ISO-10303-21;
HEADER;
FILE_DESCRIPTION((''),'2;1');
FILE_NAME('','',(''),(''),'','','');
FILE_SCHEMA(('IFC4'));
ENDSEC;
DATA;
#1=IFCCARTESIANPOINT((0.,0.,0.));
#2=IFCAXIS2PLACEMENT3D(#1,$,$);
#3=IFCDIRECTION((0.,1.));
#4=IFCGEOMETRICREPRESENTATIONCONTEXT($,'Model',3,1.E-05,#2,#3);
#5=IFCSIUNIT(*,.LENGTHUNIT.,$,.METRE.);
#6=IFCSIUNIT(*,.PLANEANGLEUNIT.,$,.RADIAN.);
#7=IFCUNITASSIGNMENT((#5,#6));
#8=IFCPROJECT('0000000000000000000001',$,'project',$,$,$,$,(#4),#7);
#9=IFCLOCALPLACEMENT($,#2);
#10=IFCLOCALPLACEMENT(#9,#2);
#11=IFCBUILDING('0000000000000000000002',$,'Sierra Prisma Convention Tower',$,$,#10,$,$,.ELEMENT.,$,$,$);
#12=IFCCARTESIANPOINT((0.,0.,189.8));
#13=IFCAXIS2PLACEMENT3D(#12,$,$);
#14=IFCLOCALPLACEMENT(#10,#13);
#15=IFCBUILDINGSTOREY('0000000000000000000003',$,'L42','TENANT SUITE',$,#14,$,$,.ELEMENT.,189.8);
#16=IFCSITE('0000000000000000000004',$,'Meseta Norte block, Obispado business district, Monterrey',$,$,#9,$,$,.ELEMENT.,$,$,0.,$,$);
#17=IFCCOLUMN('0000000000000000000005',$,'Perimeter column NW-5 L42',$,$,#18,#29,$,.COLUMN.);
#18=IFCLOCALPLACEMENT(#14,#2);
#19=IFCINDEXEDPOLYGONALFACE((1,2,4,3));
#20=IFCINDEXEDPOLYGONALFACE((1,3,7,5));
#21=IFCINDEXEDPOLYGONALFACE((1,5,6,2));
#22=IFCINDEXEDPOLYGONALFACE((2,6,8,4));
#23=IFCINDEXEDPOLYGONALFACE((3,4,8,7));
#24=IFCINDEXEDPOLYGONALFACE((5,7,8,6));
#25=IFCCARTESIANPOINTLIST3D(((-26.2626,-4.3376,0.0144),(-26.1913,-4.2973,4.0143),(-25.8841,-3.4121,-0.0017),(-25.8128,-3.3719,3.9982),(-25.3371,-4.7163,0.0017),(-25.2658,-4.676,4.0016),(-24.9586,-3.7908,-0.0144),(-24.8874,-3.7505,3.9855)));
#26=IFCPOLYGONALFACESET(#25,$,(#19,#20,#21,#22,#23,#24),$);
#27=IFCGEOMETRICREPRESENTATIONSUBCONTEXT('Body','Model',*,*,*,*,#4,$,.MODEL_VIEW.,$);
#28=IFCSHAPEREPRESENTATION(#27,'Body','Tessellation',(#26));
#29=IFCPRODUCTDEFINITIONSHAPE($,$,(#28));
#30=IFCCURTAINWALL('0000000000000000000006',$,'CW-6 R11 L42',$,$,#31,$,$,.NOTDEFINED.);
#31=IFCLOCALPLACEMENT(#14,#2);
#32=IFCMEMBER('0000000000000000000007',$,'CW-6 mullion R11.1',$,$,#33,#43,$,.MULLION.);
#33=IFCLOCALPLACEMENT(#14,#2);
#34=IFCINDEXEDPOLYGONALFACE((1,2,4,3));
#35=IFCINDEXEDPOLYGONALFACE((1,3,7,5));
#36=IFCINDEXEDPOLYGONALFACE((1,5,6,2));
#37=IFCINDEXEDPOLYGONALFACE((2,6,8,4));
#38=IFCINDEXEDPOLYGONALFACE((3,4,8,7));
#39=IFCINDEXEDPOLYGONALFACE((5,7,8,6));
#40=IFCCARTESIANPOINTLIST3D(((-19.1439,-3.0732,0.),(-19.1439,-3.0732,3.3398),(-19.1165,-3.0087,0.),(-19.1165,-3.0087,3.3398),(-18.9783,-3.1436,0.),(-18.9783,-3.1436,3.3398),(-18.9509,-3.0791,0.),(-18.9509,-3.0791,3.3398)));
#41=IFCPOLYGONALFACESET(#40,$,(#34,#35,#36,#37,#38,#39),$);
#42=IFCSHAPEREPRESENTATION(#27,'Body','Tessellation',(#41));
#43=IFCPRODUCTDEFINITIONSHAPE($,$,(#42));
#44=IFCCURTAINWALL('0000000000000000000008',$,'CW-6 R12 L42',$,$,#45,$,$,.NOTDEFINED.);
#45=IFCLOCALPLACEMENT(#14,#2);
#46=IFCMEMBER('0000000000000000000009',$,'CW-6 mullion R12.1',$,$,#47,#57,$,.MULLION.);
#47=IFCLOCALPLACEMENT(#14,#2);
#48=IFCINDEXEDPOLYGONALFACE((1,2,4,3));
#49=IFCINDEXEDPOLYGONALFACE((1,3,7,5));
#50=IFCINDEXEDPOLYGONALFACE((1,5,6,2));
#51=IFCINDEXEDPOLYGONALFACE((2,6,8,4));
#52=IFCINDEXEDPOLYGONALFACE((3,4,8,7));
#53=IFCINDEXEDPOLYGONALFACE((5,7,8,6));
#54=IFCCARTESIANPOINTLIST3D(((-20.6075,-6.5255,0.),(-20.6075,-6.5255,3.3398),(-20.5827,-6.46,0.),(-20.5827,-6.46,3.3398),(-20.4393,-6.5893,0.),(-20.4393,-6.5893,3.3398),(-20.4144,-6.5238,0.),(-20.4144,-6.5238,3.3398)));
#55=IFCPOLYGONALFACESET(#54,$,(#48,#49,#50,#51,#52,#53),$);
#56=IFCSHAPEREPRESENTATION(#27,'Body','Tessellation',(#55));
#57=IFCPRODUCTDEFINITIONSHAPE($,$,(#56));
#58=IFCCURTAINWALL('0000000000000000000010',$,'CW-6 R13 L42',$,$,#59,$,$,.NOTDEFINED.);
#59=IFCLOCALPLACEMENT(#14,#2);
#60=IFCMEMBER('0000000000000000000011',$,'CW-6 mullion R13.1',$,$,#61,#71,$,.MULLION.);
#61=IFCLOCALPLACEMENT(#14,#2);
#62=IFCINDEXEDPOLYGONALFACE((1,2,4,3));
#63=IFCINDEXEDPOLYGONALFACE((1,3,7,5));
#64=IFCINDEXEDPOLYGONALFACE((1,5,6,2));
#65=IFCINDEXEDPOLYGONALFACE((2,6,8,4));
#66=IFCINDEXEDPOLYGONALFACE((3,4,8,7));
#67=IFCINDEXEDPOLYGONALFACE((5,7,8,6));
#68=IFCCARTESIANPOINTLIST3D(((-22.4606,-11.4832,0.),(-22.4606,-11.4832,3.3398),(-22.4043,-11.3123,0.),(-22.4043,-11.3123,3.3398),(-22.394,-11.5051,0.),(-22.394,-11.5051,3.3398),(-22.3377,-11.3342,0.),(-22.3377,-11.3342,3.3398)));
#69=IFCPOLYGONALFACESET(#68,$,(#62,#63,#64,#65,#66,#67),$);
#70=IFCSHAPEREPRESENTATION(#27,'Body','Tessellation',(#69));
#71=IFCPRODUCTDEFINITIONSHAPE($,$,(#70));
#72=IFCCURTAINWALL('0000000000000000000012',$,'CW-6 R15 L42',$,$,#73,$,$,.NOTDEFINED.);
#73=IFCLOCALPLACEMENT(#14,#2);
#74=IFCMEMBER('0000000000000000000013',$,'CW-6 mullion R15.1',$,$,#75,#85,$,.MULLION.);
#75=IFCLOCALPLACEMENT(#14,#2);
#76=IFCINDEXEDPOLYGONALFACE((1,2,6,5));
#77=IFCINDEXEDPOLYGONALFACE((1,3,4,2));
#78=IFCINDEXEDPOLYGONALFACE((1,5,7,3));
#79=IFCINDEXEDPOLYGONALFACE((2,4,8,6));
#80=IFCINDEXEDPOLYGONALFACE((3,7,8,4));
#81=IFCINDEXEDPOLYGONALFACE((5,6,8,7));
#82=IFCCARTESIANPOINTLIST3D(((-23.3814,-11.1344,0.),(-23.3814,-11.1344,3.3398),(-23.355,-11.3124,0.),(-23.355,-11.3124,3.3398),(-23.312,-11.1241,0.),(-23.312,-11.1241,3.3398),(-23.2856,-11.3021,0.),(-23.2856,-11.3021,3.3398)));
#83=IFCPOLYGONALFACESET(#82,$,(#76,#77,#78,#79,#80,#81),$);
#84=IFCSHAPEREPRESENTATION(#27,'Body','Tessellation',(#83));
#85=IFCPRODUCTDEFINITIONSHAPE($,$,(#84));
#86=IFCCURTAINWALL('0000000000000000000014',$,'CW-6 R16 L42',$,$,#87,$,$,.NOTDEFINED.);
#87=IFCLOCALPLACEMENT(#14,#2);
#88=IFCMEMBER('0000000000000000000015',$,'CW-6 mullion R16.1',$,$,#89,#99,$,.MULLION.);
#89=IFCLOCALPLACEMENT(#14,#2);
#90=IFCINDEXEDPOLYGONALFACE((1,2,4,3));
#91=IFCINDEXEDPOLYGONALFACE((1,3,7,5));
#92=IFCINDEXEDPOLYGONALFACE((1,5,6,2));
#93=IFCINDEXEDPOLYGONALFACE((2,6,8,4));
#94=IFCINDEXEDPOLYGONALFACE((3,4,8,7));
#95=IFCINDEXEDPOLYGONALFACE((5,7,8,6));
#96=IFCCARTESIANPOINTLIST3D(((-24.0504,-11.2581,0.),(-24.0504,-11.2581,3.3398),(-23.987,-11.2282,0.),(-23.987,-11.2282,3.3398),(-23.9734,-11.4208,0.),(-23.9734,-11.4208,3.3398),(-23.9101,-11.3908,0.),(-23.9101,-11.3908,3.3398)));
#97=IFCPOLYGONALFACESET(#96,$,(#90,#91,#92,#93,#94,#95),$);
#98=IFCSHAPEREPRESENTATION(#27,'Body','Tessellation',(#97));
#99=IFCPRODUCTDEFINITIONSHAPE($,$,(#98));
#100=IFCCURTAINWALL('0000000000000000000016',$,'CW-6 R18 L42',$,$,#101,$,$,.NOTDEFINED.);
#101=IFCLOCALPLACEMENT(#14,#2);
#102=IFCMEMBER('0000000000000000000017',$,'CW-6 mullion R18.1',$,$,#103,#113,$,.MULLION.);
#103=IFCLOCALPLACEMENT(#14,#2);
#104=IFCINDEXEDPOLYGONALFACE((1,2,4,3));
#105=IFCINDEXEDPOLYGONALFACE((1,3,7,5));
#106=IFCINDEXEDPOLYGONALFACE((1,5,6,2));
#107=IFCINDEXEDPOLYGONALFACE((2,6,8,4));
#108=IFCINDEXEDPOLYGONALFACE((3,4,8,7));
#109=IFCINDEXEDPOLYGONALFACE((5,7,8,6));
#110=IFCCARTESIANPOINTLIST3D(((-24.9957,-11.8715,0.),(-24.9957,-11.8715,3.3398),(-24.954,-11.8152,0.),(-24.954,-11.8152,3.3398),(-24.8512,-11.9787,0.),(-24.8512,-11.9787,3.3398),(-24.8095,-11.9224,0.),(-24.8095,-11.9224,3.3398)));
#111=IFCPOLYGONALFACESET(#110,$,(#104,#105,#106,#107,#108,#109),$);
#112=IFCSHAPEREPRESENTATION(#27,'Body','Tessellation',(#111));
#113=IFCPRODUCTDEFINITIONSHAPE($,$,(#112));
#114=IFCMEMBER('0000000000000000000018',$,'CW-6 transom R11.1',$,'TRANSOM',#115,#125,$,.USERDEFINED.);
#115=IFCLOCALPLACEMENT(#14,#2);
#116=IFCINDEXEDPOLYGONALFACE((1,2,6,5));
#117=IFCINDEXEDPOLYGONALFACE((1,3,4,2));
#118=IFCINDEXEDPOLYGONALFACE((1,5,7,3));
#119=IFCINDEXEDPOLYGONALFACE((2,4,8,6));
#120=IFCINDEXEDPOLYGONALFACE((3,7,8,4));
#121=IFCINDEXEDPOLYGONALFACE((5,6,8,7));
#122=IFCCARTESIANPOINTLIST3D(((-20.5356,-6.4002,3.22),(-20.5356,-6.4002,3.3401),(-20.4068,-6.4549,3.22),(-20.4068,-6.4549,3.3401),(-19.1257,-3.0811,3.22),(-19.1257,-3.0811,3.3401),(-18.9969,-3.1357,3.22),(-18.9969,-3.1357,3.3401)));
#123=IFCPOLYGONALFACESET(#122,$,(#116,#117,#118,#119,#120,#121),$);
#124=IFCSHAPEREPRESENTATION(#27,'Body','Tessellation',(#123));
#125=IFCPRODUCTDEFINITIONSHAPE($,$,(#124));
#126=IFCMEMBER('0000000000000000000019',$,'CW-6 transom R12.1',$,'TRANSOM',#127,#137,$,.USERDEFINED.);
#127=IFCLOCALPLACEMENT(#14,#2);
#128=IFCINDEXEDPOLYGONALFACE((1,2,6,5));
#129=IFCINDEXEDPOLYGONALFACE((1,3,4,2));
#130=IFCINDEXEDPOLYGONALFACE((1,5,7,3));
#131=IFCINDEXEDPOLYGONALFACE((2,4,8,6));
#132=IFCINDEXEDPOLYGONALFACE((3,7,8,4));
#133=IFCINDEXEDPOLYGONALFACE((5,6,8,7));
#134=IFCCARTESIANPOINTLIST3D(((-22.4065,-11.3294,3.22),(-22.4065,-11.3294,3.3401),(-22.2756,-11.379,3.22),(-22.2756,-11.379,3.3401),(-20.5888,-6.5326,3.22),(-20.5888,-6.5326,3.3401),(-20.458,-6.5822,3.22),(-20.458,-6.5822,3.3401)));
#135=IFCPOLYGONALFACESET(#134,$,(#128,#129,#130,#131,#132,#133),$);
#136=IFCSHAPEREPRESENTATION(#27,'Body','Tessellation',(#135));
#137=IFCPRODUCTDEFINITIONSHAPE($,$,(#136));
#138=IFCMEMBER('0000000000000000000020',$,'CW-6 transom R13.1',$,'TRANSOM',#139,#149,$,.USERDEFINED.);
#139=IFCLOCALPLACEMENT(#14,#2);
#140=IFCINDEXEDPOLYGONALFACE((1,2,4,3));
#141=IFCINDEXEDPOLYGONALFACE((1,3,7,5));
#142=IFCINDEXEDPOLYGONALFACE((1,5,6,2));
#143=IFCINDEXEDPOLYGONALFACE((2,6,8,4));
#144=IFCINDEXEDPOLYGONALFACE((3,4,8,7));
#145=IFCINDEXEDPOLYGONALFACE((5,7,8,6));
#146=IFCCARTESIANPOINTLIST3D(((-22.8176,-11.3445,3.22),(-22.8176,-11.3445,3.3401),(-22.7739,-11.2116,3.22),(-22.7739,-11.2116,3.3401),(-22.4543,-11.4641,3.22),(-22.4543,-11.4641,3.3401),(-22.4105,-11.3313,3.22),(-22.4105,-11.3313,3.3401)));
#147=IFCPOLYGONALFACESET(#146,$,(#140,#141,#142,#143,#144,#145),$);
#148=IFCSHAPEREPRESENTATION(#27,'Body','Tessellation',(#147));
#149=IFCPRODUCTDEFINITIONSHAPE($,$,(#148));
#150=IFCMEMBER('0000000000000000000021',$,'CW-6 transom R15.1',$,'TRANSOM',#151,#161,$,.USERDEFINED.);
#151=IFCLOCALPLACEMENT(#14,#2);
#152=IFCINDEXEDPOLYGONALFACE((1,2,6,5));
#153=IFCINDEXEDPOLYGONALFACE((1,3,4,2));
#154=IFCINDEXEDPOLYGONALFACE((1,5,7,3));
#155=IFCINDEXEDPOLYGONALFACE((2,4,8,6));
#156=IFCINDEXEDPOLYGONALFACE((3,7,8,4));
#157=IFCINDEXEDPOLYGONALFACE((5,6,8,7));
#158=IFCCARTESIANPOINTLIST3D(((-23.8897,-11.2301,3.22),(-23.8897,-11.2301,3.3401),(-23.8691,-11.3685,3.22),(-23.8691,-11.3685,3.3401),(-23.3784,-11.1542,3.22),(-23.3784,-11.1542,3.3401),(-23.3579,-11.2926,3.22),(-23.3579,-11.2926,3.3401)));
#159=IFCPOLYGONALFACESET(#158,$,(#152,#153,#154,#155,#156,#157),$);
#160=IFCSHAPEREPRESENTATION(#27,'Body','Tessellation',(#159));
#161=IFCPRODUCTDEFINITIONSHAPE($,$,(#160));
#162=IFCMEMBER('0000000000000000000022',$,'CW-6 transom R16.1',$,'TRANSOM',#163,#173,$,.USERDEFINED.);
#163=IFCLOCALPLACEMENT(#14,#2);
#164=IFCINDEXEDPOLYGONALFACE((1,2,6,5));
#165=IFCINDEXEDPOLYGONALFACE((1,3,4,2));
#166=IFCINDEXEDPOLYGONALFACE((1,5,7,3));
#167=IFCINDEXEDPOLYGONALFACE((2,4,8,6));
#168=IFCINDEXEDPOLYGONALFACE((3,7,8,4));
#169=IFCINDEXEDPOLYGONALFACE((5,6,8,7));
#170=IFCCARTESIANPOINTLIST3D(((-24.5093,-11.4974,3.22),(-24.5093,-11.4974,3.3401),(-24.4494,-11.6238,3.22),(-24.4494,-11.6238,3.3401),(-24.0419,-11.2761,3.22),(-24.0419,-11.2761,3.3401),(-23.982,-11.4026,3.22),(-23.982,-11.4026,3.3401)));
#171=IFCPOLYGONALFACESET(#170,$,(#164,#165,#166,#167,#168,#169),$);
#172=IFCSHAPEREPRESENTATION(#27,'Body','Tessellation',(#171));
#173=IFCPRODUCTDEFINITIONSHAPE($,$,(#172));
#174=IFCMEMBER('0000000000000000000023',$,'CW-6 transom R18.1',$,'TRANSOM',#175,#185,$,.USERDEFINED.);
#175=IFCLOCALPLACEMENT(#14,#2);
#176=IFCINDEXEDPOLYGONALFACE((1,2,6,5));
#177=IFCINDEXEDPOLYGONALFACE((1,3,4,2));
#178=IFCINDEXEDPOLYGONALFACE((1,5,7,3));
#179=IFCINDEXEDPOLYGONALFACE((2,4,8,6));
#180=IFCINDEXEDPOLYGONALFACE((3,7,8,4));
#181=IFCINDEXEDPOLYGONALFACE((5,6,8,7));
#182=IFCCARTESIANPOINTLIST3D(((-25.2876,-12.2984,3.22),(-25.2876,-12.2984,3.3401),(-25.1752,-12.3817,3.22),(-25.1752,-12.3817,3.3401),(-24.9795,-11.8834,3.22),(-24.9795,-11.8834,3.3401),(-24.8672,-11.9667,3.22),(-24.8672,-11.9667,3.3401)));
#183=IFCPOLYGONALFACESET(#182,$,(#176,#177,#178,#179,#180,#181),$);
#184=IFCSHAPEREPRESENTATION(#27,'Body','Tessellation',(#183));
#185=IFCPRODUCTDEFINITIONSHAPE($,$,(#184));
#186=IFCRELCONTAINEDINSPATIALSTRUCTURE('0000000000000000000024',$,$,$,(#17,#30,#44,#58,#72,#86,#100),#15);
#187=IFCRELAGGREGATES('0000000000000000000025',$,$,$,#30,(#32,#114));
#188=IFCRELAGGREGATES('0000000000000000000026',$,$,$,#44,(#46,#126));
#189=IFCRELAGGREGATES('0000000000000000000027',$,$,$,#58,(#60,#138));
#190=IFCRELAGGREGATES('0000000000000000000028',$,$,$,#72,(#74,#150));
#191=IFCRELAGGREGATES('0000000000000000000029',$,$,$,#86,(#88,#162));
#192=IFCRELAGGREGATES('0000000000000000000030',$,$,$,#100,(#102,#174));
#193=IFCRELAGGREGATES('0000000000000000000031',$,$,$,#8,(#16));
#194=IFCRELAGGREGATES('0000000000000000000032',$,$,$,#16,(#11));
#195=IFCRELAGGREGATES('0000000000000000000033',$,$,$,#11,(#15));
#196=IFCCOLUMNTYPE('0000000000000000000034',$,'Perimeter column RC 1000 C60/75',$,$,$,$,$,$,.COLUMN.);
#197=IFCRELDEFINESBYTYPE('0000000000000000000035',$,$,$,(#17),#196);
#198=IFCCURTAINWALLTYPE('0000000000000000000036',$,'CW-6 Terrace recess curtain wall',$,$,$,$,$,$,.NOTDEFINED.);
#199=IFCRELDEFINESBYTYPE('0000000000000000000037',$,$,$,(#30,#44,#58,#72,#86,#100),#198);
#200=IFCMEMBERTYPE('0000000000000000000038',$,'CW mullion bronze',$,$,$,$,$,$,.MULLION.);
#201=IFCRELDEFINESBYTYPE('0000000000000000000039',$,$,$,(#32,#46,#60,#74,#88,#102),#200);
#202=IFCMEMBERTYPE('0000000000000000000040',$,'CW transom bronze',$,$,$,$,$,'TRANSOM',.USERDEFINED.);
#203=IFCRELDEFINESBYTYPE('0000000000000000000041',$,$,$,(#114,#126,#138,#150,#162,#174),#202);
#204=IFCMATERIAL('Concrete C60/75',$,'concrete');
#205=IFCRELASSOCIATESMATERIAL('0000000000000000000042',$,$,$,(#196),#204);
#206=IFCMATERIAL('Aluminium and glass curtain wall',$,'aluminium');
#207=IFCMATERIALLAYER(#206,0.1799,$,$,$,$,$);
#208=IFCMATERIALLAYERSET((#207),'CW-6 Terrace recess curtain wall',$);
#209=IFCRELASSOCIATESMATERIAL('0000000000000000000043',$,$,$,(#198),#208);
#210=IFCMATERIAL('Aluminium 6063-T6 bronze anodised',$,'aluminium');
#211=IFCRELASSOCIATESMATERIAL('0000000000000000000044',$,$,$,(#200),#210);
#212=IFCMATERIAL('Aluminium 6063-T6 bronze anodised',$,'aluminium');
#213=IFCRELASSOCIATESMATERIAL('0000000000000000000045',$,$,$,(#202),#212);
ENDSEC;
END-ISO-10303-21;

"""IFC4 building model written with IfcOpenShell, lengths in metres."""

from ifc_helpers import new_model, si_unit, direction, frame, origin, origin_2d, place, context, subcontext, project, spatial, rectangle, extrude, material, layer, layer_set, material_profile, profile_set, type_object, element, aggregate, save


model = new_model("IFC4")

# Units and contexts
model_context = context("Model", 3, precision=1e-05, world=origin(), true_north=direction((0.0, 1.0)))
body_context = subcontext(model_context, "Body", "Model", "MODEL_VIEW")
ifc_project = project(units=[si_unit("LENGTHUNIT", "METRE"), si_unit("PLANEANGLEUNIT", "RADIAN")], contexts=[model_context])

# Site, building, storey
site_placement = place(None, origin())
site = spatial("IfcSite", under=ifc_project, at=site_placement, Name="Meseta Norte block, Obispado business district, Monterrey", CompositionType="ELEMENT", RefElevation=0.0)
building_placement = place(site_placement, origin())
building = spatial("IfcBuilding", under=site, at=building_placement, Name="Sierra Prisma Convention Tower", CompositionType="ELEMENT")
storey_placement = place(building_placement, frame((0.0, 0.0, 189.8)))
storey = spatial("IfcBuildingStorey", under=building, at=storey_placement, Name="L42", Description="TENANT SUITE", CompositionType="ELEMENT", Elevation=189.8)

# Column
ifc_material_1 = material(Name="Concrete C60/75", Category="concrete")
ifc_material_profile_1 = material_profile(ifc_material_1, rectangle(XDim=1.0, YDim=1.0, at=origin_2d()), Name="Perimeter column RC 1000 C60/75")
ifc_profile_set_1 = profile_set([ifc_material_profile_1], Name="Concrete C60/75")
column_type = type_object("IfcColumnType", Name="Perimeter column RC 1000 C60/75", PredefinedType="COLUMN", material=ifc_profile_set_1)
column_placement = place(storey_placement, frame((-25.6106, -4.0642, 0.0), z_axis=(0.017819, 0.010069, 0.999791), x_axis=(0.378466, 0.925476, -0.016065)))
element("IfcColumn", 1, at=column_placement, inside=storey, type_object=column_type, Name="Perimeter column NW-5 L42", PredefinedType="COLUMN", context=body_context, shape_type="SweptSolid", body=[
    extrude(rectangle(XDim=1.0, YDim=1.0, at=origin_2d()), origin(), (0.0, 0.0, 1.0), 4.0007),
])

# Curtain walls, members
ifc_material_2 = material(Name="Aluminium and glass curtain wall", Category="aluminium")
ifc_layer_1 = layer(ifc_material_2, 0.1799)
ifc_layer_set_1 = layer_set([ifc_layer_1], Name="CW-6 Terrace recess curtain wall")
curtain_wall_type = type_object("IfcCurtainWallType", Name="CW-6 Terrace recess curtain wall", PredefinedType="NOTDEFINED", material=ifc_layer_set_1)
curtain_wall_1_placement = place(storey_placement, origin())
curtain_wall_1 = element("IfcCurtainWall", 2, at=curtain_wall_1_placement, inside=storey, type_object=curtain_wall_type, Name="CW-6 R11 L42", PredefinedType="NOTDEFINED")
ifc_material_3 = material(Name="Aluminium 6063-T6 bronze anodised", Category="aluminium")
ifc_material_profile_2 = material_profile(ifc_material_3, rectangle(XDim=0.1799, YDim=0.0701, at=origin_2d()), Name="ALU MULLION 70x180")
ifc_profile_set_2 = profile_set([ifc_material_profile_2], Name="Aluminium 6063-T6 bronze anodised")
member_type_1 = type_object("IfcMemberType", Name="CW mullion bronze", PredefinedType="MULLION", material=ifc_profile_set_2)
member_1_placement = place(storey_placement, frame((-19.0474, -3.0762, 0.0), z_axis=(0.0, 0.0, 1.0), x_axis=(0.920381, -0.391023, 0.0)))
member_1 = element("IfcMember", 3, at=member_1_placement, type_object=member_type_1, Name="CW-6 mullion R11.1", PredefinedType="MULLION", context=body_context, shape_type="SweptSolid", body=[
    extrude(rectangle(XDim=0.1799, YDim=0.0701, at=origin_2d()), origin(), (0.0, 0.0, 1.0), 3.3398),
])
curtain_wall_2_placement = place(storey_placement, origin())
curtain_wall_2 = element("IfcCurtainWall", 4, at=curtain_wall_2_placement, inside=storey, type_object=curtain_wall_type, Name="CW-6 R12 L42", PredefinedType="NOTDEFINED")
member_2_placement = place(storey_placement, frame((-20.511, -6.5247, 0.0), z_axis=(0.0, 0.0, 1.0), x_axis=(0.935119, -0.354333, 0.0)))
member_2 = element("IfcMember", 5, at=member_2_placement, type_object=member_type_1, Name="CW-6 mullion R12.1", PredefinedType="MULLION", context=body_context, shape_type="SweptSolid", body=[
    extrude(rectangle(XDim=0.1799, YDim=0.0701, at=origin_2d()), origin(), (0.0, 0.0, 1.0), 3.3398),
])
curtain_wall_3_placement = place(storey_placement, origin())
curtain_wall_3 = element("IfcCurtainWall", 6, at=curtain_wall_3_placement, inside=storey, type_object=curtain_wall_type, Name="CW-6 R13 L42", PredefinedType="NOTDEFINED")
member_3_placement = place(storey_placement, frame((-22.3992, -11.4087, 0.0), z_axis=(0.0, 0.0, 1.0), x_axis=(-0.312914, -0.949782, 0.0)))
member_3 = element("IfcMember", 7, at=member_3_placement, type_object=member_type_1, Name="CW-6 mullion R13.1", PredefinedType="MULLION", context=body_context, shape_type="SweptSolid", body=[
    extrude(rectangle(XDim=0.1799, YDim=0.0701, at=origin_2d()), origin(), (0.0, 0.0, 1.0), 3.3398),
])
curtain_wall_4_placement = place(storey_placement, origin())
curtain_wall_4 = element("IfcCurtainWall", 8, at=curtain_wall_4_placement, inside=storey, type_object=curtain_wall_type, Name="CW-6 R15 L42", PredefinedType="NOTDEFINED")
member_4_placement = place(storey_placement, frame((-23.3335, -11.2183, 0.0), z_axis=(0.0, 0.0, 1.0), x_axis=(0.14673, -0.989177, 0.0)))
member_4 = element("IfcMember", 9, at=member_4_placement, type_object=member_type_1, Name="CW-6 mullion R15.1", PredefinedType="MULLION", context=body_context, shape_type="SweptSolid", body=[
    extrude(rectangle(XDim=0.1799, YDim=0.0701, at=origin_2d()), origin(), (0.0, 0.0, 1.0), 3.3398),
])
curtain_wall_5_placement = place(storey_placement, origin())
curtain_wall_5 = element("IfcCurtainWall", 10, at=curtain_wall_5_placement, inside=storey, type_object=curtain_wall_type, Name="CW-6 R16 L42", PredefinedType="NOTDEFINED")
member_5_placement = place(storey_placement, frame((-23.9802, -11.3245, 0.0), z_axis=(0.0, 0.0, 1.0), x_axis=(0.427555, -0.903989, 0.0)))
member_5 = element("IfcMember", 11, at=member_5_placement, type_object=member_type_1, Name="CW-6 mullion R16.1", PredefinedType="MULLION", context=body_context, shape_type="SweptSolid", body=[
    extrude(rectangle(XDim=0.1799, YDim=0.0701, at=origin_2d()), origin(), (0.0, 0.0, 1.0), 3.3398),
])
curtain_wall_6_placement = place(storey_placement, origin())
curtain_wall_6 = element("IfcCurtainWall", 12, at=curtain_wall_6_placement, inside=storey, type_object=curtain_wall_type, Name="CW-6 R18 L42", PredefinedType="NOTDEFINED")
member_6_placement = place(storey_placement, frame((-24.9026, -11.897, 0.0), z_axis=(0.0, 0.0, 1.0), x_axis=(0.803208, -0.595699, 0.0)))
member_6 = element("IfcMember", 13, at=member_6_placement, type_object=member_type_1, Name="CW-6 mullion R18.1", PredefinedType="MULLION", context=body_context, shape_type="SweptSolid", body=[
    extrude(rectangle(XDim=0.1799, YDim=0.0701, at=origin_2d()), origin(), (0.0, 0.0, 1.0), 3.3398),
])

# Members
ifc_material_4 = material(Name="Aluminium 6063-T6 bronze anodised", Category="aluminium")
ifc_material_profile_3 = material_profile(ifc_material_4, rectangle(XDim=0.1399, YDim=0.1201, at=origin_2d()), Name="ALU TRANSOM 120x140")
ifc_profile_set_3 = profile_set([ifc_material_profile_3], Name="Aluminium 6063-T6 bronze anodised")
member_type_2 = type_object("IfcMemberType", Name="CW transom bronze", ElementType="TRANSOM", PredefinedType="USERDEFINED", material=ifc_profile_set_3)
member_7_placement = place(storey_placement, frame((-19.0613, -3.1084, 3.28), z_axis=(-0.390976, -0.920401, 0.0), x_axis=(0.920401, -0.390976, 0.0)))
member_7 = element("IfcMember", 14, at=member_7_placement, type_object=member_type_2, Name="CW-6 transom R11.1", ObjectType="TRANSOM", PredefinedType="USERDEFINED", context=body_context, shape_type="SweptSolid", body=[
    extrude(rectangle(XDim=0.1399, YDim=0.1201, at=origin_2d()), origin(), (0.0, 0.0, 1.0), 3.6062),
])
member_8_placement = place(storey_placement, frame((-20.5234, -6.5574, 3.28), z_axis=(-0.354334, -0.935119, 0.0), x_axis=(0.935119, -0.354334, 0.0)))
member_8 = element("IfcMember", 15, at=member_8_placement, type_object=member_type_2, Name="CW-6 transom R12.1", ObjectType="TRANSOM", PredefinedType="USERDEFINED", context=body_context, shape_type="SweptSolid", body=[
    extrude(rectangle(XDim=0.1399, YDim=0.1201, at=origin_2d()), origin(), (0.0, 0.0, 1.0), 5.1296),
])
member_9_placement = place(storey_placement, frame((-22.4324, -11.3977, 3.28), z_axis=(-0.949826, 0.312779, 0.0), x_axis=(-0.312779, -0.949826, 0.0)))
member_9 = element("IfcMember", 16, at=member_9_placement, type_object=member_type_2, Name="CW-6 transom R13.1", ObjectType="TRANSOM", PredefinedType="USERDEFINED", context=body_context, shape_type="SweptSolid", body=[
    extrude(rectangle(XDim=0.1399, YDim=0.1201, at=origin_2d()), origin(), (0.0, 0.0, 1.0), 0.3826),
])
member_10_placement = place(storey_placement, frame((-23.3682, -11.2234, 3.28), z_axis=(-0.98915, -0.146908, 0.0), x_axis=(0.146908, -0.98915, 0.0)))
member_10 = element("IfcMember", 17, at=member_10_placement, type_object=member_type_2, Name="CW-6 transom R15.1", ObjectType="TRANSOM", PredefinedType="USERDEFINED", context=body_context, shape_type="SweptSolid", body=[
    extrude(rectangle(XDim=0.1399, YDim=0.1201, at=origin_2d()), origin(), (0.0, 0.0, 1.0), 0.5168),
])
member_11_placement = place(storey_placement, frame((-24.012, -11.3394, 3.28), z_axis=(-0.903853, -0.427843, 0.0), x_axis=(0.427843, -0.903853, 0.0)))
member_11 = element("IfcMember", 18, at=member_11_placement, type_object=member_type_2, Name="CW-6 transom R16.1", ObjectType="TRANSOM", PredefinedType="USERDEFINED", context=body_context, shape_type="SweptSolid", body=[
    extrude(rectangle(XDim=0.1399, YDim=0.1201, at=origin_2d()), origin(), (0.0, 0.0, 1.0), 0.5171),
])
member_12_placement = place(storey_placement, frame((-24.9233, -11.925, 3.28), z_axis=(-0.596063, -0.802938, 0.0), x_axis=(0.802938, -0.596063, 0.0)))
member_12 = element("IfcMember", 19, at=member_12_placement, type_object=member_type_2, Name="CW-6 transom R18.1", ObjectType="TRANSOM", PredefinedType="USERDEFINED", context=body_context, shape_type="SweptSolid", body=[
    extrude(rectangle(XDim=0.1399, YDim=0.1201, at=origin_2d()), origin(), (0.0, 0.0, 1.0), 0.5168),
])

aggregate(curtain_wall_1, [member_1, member_7])
aggregate(curtain_wall_2, [member_2, member_8])
aggregate(curtain_wall_3, [member_3, member_9])
aggregate(curtain_wall_4, [member_4, member_10])
aggregate(curtain_wall_5, [member_5, member_11])
aggregate(curtain_wall_6, [member_6, member_12])

save(model, "model.ifc")
